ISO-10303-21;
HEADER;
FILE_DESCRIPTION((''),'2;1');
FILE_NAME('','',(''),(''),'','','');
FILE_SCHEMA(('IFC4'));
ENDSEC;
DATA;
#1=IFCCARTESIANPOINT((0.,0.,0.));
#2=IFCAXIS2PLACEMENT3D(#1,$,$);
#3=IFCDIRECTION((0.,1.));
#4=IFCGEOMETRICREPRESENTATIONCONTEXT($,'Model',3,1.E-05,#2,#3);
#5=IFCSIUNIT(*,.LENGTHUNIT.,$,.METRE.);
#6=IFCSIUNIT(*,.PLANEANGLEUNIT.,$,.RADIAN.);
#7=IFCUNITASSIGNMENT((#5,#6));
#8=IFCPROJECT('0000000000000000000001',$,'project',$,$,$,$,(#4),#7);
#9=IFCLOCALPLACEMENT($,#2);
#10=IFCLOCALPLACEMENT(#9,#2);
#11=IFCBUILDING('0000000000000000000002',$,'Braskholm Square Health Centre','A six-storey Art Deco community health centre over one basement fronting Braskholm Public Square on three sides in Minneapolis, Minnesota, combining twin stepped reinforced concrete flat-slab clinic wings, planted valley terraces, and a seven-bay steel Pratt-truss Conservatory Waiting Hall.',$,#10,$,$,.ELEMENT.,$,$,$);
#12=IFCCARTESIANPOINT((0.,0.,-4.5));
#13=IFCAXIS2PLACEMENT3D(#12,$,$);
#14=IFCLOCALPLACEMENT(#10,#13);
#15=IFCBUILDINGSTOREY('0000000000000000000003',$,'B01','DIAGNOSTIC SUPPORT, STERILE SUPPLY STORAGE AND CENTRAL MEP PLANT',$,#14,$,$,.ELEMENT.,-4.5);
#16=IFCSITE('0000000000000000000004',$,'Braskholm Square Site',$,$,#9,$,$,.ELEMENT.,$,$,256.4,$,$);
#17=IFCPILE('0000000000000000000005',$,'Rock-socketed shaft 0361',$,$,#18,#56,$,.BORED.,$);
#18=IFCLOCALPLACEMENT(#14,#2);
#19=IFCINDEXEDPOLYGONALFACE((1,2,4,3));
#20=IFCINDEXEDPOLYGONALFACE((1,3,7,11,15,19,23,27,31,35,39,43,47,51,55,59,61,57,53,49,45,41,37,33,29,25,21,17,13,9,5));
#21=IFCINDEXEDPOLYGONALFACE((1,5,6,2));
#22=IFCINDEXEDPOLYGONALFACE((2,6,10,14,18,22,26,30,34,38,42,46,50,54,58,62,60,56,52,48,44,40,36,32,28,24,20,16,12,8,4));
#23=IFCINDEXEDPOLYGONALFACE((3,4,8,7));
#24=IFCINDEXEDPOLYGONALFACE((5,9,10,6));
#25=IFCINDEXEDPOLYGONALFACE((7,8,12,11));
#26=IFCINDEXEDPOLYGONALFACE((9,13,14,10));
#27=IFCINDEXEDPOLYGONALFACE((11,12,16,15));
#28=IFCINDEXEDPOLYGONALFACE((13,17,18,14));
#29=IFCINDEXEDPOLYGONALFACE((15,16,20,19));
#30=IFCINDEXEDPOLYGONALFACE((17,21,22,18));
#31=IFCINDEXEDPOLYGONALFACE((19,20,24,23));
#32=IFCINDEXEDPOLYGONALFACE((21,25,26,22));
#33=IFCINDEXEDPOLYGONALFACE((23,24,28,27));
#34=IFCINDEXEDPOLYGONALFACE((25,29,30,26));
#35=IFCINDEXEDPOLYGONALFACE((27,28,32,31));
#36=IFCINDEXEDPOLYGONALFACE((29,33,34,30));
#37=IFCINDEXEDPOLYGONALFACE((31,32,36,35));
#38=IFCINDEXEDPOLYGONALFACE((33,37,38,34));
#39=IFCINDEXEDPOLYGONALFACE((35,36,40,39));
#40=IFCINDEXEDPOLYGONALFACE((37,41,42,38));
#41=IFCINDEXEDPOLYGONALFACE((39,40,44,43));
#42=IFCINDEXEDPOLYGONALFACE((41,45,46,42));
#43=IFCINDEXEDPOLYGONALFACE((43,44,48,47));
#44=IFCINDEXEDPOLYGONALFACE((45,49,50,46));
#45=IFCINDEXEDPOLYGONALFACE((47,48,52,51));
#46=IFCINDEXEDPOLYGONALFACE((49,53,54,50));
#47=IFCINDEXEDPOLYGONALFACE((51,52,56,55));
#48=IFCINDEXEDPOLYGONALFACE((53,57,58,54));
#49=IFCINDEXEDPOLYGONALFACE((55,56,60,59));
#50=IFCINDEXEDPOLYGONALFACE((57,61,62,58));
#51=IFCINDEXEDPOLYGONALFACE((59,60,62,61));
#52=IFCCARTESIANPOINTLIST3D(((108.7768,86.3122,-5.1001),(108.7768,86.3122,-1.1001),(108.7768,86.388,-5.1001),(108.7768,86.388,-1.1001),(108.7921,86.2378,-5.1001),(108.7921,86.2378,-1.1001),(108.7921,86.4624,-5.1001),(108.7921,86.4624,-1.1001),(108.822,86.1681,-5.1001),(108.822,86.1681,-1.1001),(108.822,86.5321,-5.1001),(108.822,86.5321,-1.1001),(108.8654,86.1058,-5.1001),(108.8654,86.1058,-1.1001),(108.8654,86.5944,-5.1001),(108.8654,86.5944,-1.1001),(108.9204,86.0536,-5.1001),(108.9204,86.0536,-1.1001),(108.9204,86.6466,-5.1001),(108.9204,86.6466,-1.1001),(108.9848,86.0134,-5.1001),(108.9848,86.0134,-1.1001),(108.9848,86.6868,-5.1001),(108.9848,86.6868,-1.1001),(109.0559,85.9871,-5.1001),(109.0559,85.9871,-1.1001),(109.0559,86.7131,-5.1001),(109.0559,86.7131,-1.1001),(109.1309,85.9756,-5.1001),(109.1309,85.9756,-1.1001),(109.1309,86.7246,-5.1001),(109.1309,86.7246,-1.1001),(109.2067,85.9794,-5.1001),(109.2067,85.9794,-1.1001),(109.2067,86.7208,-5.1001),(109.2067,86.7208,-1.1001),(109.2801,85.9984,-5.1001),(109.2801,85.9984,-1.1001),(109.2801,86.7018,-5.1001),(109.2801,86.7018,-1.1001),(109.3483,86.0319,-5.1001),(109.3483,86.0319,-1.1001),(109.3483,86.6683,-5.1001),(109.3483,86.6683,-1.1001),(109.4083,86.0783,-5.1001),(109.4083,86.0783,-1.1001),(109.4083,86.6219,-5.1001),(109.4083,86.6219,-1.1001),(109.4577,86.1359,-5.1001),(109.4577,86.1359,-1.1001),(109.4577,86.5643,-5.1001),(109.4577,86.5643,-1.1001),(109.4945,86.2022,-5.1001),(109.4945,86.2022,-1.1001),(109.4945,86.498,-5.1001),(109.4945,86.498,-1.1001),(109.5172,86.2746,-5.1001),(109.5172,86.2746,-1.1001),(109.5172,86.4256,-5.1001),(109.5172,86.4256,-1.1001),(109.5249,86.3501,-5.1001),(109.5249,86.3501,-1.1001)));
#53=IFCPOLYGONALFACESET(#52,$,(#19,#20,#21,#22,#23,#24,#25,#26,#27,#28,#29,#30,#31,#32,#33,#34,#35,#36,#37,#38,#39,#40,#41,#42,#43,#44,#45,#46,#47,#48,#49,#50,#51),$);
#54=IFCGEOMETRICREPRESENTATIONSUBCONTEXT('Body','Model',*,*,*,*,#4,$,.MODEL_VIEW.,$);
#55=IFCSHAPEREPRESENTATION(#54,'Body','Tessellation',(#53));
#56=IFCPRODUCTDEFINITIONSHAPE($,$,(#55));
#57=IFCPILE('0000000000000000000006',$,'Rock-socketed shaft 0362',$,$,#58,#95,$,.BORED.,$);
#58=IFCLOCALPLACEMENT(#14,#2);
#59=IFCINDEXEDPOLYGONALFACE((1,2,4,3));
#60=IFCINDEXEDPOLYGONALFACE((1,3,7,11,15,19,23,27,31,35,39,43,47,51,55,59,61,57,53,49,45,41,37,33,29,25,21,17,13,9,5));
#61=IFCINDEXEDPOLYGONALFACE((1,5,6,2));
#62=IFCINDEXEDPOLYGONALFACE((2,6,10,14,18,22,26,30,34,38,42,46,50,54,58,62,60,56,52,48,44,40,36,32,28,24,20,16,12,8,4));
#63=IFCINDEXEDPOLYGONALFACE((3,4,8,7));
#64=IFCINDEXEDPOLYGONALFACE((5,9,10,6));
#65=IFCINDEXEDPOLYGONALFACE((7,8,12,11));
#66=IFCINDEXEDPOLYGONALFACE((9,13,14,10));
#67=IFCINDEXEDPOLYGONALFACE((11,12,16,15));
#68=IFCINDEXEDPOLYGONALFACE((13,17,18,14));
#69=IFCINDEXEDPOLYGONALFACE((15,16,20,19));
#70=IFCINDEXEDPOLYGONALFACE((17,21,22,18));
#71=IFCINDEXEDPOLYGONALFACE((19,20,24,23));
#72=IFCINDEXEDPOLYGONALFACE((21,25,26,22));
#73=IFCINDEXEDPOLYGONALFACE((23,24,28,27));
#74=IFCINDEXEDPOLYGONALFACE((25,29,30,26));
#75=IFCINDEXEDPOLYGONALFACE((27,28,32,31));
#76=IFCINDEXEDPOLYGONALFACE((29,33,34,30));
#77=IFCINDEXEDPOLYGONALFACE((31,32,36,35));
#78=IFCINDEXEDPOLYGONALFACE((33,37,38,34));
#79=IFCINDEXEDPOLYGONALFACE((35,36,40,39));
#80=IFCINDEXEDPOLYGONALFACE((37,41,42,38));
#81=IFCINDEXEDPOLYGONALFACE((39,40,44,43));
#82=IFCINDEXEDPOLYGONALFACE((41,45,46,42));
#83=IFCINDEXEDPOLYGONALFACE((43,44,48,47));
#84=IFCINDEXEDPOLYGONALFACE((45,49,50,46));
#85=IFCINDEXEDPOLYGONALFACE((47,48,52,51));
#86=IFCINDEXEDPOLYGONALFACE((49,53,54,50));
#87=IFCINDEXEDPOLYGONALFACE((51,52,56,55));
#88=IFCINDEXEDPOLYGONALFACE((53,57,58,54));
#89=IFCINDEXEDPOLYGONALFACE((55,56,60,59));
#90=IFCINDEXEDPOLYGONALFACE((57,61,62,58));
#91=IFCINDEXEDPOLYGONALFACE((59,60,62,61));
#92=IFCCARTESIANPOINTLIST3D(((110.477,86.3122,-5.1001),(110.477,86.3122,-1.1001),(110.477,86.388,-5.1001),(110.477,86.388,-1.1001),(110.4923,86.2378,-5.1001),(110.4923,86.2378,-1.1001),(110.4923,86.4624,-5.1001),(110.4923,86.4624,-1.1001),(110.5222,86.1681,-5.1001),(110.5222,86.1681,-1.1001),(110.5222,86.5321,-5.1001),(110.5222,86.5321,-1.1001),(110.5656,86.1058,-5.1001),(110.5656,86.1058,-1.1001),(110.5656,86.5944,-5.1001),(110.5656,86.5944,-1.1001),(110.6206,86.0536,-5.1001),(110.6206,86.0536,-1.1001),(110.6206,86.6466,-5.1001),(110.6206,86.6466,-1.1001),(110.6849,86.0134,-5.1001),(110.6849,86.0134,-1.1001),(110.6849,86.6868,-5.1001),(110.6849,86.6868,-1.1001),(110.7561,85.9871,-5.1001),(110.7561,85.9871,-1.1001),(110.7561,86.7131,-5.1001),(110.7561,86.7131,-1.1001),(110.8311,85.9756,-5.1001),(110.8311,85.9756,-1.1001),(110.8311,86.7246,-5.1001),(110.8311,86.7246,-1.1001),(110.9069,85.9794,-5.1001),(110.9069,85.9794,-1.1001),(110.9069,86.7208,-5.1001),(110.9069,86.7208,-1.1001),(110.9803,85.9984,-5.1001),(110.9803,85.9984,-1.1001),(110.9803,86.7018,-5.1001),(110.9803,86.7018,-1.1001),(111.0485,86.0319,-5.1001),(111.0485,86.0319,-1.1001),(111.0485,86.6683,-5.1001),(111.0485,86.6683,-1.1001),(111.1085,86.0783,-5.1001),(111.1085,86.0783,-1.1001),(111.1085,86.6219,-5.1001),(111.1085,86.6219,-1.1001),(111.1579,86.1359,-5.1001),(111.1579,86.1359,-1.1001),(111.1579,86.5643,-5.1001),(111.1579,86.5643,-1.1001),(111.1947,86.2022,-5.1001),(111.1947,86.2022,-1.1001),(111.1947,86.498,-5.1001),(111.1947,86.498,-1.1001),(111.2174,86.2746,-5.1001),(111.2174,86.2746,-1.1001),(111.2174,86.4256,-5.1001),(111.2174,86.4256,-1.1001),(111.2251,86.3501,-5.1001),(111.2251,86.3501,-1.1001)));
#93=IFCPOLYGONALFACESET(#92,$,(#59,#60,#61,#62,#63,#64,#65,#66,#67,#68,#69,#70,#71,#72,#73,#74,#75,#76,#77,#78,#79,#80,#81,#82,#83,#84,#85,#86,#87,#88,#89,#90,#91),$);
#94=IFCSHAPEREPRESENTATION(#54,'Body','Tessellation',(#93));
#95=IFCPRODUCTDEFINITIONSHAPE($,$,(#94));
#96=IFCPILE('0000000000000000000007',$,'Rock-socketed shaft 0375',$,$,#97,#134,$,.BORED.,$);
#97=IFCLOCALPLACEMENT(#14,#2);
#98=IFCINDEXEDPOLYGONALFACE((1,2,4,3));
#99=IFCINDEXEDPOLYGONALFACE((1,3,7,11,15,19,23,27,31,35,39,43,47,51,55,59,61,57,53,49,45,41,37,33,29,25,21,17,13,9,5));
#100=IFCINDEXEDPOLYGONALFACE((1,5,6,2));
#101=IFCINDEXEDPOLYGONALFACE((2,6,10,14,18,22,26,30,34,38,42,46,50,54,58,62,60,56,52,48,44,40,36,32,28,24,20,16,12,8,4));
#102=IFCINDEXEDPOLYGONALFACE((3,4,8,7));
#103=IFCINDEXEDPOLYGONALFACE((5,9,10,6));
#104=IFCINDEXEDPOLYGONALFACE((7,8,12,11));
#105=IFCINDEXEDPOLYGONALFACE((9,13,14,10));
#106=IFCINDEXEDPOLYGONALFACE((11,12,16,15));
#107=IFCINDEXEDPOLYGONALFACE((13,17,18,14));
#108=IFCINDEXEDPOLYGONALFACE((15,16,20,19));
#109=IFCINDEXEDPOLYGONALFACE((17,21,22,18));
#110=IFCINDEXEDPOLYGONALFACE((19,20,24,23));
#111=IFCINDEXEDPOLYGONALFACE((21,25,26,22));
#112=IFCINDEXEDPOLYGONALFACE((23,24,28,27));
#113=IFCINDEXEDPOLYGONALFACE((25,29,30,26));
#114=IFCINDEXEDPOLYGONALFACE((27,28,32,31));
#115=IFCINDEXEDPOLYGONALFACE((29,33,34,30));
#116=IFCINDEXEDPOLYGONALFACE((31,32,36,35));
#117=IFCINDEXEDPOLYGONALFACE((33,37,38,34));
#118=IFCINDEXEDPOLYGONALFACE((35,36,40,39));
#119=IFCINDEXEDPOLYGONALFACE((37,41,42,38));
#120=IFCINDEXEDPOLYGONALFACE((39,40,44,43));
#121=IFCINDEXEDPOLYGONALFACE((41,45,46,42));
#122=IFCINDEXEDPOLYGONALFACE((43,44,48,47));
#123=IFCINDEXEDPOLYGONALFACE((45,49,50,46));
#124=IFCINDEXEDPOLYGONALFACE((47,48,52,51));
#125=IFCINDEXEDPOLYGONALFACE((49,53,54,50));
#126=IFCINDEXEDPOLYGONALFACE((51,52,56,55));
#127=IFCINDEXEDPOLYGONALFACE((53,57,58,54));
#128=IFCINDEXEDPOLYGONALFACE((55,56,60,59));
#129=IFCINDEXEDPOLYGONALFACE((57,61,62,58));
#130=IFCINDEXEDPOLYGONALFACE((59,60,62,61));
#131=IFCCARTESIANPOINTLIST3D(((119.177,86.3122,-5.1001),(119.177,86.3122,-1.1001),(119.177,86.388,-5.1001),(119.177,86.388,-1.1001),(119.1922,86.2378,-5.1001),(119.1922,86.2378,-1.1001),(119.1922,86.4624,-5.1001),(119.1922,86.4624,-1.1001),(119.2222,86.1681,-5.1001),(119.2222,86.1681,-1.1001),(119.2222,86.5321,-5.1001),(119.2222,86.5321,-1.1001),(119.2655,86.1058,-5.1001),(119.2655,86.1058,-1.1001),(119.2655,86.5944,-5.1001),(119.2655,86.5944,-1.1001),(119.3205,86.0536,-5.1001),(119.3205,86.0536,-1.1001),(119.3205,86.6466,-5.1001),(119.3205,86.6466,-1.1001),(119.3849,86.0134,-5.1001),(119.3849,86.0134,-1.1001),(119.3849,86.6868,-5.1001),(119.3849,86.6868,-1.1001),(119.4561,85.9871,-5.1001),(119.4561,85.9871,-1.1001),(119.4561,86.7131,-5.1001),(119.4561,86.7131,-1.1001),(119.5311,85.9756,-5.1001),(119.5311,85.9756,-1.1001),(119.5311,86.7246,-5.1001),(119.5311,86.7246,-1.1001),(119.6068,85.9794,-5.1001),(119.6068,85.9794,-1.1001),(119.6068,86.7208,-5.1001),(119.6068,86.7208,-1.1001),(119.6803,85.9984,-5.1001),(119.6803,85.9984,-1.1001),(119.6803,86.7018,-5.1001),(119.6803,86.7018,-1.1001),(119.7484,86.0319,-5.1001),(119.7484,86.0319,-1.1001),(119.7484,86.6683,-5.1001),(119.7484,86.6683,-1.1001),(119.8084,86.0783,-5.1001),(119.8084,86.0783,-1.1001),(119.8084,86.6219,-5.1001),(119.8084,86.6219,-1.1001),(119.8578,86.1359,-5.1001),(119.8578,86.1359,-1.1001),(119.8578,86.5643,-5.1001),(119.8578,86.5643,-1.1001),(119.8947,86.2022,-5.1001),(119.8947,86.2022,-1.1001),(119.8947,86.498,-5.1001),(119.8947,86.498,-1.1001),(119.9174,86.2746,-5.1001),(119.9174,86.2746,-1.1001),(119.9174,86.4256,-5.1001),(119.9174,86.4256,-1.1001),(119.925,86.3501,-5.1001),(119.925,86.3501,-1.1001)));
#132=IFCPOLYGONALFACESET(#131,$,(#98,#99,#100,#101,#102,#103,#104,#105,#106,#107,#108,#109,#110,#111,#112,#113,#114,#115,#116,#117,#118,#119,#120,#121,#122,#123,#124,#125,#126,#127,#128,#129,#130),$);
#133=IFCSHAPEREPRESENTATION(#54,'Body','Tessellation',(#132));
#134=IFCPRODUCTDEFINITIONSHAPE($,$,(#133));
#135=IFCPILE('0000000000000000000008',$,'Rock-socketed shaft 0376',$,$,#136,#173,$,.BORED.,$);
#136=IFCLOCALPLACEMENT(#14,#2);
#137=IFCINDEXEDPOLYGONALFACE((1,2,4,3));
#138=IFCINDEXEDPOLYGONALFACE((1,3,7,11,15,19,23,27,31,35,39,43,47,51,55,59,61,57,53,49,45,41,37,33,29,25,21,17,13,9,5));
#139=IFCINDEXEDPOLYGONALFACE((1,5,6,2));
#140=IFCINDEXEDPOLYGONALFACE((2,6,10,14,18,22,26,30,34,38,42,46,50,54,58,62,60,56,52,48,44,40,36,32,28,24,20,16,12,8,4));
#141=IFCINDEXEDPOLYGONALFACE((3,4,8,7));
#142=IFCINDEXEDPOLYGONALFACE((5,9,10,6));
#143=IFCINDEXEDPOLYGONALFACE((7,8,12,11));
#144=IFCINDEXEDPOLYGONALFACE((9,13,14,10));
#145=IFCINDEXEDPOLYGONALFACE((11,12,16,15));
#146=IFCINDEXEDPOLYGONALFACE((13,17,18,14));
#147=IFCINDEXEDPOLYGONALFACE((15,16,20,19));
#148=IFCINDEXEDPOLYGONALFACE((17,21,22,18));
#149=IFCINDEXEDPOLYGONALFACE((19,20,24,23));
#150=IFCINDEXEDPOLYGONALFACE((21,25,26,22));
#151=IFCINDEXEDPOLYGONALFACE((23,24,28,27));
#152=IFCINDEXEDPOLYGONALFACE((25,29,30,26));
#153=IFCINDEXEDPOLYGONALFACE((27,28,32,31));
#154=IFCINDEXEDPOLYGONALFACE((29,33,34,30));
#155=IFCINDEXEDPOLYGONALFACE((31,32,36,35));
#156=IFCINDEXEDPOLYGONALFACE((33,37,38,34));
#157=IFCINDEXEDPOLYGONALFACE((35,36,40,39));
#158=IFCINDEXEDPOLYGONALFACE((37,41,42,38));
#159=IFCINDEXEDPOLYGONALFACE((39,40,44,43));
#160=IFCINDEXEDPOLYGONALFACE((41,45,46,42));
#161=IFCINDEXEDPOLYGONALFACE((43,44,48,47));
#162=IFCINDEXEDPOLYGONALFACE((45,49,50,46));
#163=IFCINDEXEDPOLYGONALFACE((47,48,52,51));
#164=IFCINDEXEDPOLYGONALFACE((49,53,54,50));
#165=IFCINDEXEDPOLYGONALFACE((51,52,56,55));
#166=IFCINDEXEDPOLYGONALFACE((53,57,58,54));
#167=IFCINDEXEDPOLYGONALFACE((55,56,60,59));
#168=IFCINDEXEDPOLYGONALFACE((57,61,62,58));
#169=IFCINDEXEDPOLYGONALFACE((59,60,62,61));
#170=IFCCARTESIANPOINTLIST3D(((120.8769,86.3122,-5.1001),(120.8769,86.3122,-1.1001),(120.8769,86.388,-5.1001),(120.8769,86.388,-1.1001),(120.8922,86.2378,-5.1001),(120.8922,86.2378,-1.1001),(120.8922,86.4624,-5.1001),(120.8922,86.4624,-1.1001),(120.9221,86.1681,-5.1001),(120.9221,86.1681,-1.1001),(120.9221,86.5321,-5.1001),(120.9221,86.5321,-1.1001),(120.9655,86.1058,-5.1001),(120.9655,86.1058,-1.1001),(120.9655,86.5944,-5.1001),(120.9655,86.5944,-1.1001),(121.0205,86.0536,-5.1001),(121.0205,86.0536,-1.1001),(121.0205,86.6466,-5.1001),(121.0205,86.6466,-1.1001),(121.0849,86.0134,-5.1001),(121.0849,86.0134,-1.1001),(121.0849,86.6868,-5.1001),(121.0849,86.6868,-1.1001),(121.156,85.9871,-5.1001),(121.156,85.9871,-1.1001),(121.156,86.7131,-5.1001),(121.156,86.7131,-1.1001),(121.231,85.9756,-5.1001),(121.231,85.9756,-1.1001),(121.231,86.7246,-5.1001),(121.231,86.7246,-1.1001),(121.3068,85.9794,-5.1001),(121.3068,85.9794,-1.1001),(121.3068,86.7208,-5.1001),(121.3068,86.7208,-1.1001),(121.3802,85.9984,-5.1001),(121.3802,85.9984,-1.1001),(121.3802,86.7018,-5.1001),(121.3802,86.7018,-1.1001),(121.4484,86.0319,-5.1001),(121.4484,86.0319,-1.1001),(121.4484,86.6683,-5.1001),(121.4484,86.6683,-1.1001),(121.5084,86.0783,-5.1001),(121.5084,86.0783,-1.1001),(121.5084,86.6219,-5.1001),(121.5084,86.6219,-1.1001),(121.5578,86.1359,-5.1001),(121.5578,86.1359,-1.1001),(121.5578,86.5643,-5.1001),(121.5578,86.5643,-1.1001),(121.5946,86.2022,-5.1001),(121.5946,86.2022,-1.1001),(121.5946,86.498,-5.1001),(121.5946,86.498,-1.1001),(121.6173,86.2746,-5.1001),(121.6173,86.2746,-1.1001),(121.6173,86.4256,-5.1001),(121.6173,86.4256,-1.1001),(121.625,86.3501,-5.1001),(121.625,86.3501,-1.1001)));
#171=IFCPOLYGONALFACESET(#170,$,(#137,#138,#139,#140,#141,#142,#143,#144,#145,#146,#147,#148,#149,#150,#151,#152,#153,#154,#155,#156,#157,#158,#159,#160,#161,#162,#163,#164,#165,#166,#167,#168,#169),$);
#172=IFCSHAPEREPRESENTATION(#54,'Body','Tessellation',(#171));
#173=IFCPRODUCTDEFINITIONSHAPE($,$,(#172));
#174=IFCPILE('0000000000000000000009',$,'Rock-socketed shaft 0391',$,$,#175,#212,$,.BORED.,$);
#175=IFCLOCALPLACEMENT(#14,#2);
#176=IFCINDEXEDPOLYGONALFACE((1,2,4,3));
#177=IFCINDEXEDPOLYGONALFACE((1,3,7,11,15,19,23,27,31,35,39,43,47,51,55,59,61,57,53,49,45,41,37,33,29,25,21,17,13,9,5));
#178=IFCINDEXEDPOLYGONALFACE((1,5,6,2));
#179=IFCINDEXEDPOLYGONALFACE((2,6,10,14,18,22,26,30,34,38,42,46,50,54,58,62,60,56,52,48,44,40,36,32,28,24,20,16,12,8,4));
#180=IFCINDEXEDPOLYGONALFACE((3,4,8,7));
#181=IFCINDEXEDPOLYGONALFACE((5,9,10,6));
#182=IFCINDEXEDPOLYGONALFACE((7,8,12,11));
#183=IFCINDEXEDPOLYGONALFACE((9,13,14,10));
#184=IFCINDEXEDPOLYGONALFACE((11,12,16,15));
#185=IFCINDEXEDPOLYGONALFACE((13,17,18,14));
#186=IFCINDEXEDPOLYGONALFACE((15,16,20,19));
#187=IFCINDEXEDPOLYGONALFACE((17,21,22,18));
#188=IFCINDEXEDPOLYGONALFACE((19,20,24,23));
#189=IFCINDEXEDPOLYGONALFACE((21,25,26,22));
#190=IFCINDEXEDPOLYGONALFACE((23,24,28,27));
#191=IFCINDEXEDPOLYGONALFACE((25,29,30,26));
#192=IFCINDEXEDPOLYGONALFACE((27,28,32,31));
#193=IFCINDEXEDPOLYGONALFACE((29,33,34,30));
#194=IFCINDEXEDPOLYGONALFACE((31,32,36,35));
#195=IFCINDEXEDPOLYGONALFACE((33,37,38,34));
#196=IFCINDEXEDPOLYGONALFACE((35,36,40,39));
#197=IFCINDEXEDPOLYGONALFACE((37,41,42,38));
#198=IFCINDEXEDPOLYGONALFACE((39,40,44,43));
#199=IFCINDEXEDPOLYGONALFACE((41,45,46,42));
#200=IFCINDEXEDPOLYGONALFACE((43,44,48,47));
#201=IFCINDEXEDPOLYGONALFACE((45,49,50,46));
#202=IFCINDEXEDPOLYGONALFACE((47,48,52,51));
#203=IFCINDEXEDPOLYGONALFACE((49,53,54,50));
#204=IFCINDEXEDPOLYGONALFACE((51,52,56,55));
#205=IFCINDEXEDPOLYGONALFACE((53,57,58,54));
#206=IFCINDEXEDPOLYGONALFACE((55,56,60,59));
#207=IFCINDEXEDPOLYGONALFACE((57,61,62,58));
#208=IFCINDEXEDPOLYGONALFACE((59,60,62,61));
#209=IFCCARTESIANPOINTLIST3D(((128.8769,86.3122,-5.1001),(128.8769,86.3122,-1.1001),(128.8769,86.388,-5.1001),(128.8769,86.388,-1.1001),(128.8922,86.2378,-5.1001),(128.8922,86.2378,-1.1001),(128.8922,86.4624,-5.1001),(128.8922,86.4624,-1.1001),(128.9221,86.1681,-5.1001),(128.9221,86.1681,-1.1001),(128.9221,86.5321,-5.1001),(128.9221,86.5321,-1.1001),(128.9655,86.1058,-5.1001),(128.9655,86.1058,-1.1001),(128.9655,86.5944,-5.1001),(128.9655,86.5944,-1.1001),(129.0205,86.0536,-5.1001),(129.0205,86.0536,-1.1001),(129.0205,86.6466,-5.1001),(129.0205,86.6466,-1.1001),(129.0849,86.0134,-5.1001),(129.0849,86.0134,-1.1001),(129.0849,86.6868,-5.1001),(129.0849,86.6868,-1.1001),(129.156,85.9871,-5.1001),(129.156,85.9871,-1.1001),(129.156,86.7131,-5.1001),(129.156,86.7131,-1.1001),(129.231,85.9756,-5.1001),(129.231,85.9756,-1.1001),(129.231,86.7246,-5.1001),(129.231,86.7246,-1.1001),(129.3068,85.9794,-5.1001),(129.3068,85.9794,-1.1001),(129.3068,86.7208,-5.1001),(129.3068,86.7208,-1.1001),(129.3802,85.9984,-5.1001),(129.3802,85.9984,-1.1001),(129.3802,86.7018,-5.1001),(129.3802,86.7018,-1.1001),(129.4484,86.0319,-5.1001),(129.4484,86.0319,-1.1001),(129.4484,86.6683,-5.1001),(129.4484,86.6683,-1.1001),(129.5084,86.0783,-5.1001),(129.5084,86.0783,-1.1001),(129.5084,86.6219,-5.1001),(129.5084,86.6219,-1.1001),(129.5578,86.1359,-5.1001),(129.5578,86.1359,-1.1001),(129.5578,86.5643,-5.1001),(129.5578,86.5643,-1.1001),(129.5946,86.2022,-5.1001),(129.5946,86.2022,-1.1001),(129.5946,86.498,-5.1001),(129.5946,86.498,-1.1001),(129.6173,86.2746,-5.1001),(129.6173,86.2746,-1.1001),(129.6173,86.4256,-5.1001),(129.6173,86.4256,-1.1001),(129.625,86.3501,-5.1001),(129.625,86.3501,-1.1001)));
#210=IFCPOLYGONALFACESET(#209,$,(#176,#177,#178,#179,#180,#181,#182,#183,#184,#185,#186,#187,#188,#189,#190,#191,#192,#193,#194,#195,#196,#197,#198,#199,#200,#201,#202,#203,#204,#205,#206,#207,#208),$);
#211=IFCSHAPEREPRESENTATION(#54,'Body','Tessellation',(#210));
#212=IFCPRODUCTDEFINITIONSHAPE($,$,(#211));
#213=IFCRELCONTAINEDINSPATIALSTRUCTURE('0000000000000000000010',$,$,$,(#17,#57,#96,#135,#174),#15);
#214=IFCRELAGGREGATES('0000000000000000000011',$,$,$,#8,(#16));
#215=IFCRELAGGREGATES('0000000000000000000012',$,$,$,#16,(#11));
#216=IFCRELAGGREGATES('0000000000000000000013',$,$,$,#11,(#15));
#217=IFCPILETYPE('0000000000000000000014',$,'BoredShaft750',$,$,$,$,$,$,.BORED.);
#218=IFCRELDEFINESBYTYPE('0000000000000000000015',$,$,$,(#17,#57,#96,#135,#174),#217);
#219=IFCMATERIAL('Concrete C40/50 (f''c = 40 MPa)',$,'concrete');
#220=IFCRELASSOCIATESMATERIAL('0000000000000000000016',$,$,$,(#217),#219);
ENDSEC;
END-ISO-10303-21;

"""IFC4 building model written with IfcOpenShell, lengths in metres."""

from ifc_helpers import new_model, si_unit, direction, frame, origin, origin_2d, place, context, subcontext, project, spatial, circle, extrude, material, material_profile, profile_set, type_object, element, save


model = new_model("IFC4")

# Units and contexts
model_context = context("Model", 3, precision=1e-05, world=origin(), true_north=direction((0.0, 1.0)))
body_context = subcontext(model_context, "Body", "Model", "MODEL_VIEW")
ifc_project = project(units=[si_unit("LENGTHUNIT", "METRE"), si_unit("PLANEANGLEUNIT", "RADIAN")], contexts=[model_context])

# Site, building, storey
site_placement = place(None, origin())
site = spatial("IfcSite", under=ifc_project, at=site_placement, Name="Braskholm Square Site", CompositionType="ELEMENT", RefElevation=256.4)
building_placement = place(site_placement, origin())
building = spatial("IfcBuilding", under=site, at=building_placement, Name="Braskholm Square Health Centre", Description="A six-storey Art Deco community health centre over one basement fronting Braskholm Public Square on three sides in Minneapolis, Minnesota, combining twin stepped reinforced concrete flat-slab clinic wings, planted valley terraces, and a seven-bay steel Pratt-truss Conservatory Waiting Hall.", CompositionType="ELEMENT")
storey_placement = place(building_placement, frame((0.0, 0.0, -4.5)))
storey = spatial("IfcBuildingStorey", under=building, at=storey_placement, Name="B01", Description="DIAGNOSTIC SUPPORT, STERILE SUPPLY STORAGE AND CENTRAL MEP PLANT", CompositionType="ELEMENT", Elevation=-4.5)

# Piles
ifc_material_1 = material(Name="Concrete C40/50 (f'c = 40 MPa)", Category="concrete")
ifc_material_profile_1 = material_profile(ifc_material_1, circle(Radius=0.375, at=origin_2d()), Name="BORED-PILE-750")
ifc_profile_set_1 = profile_set([ifc_material_profile_1], Name="Concrete C40/50 (f'c = 40 MPa)")
pile_type_1 = type_object("IfcPileType", Name="BoredShaft750", PredefinedType="BORED", material=ifc_profile_set_1)
for number, where, z_axis, x_axis, name in (
    (1, (109.1499, 86.3501, -1.1001), (0.0, 0.0, -1.0), (1.0, 0.0, 0.0), "Rock-socketed shaft 0361"),
    (2, (110.8501, 86.3501, -1.1001), (0.0, 0.0, -1.0), (1.0, 0.0, 0.0), "Rock-socketed shaft 0362"),
    (3, (119.55, 86.3501, -1.1001), (0.0, 0.0, -1.0), (1.0, 0.0, 0.0), "Rock-socketed shaft 0375"),
    (4, (121.25, 86.3501, -1.1001), (0.0, 0.0, -1.0), (1.0, 0.0, 0.0), "Rock-socketed shaft 0376"),
    (5, (129.25, 86.3501, -1.1001), (0.0, 0.0, -1.0), (1.0, 0.0, 0.0), "Rock-socketed shaft 0391"),
):
    element("IfcPile", number, at=place(storey_placement, frame(where, z_axis=z_axis, x_axis=x_axis)), inside=storey, type_object=pile_type_1, Name=name, PredefinedType="BORED", context=body_context, shape_type="SweptSolid", body=[
        extrude(circle(Radius=0.375, at=origin_2d()), origin(), (0.0, 0.0, 1.0), 4.0),
    ])

save(model, "model.ifc")
